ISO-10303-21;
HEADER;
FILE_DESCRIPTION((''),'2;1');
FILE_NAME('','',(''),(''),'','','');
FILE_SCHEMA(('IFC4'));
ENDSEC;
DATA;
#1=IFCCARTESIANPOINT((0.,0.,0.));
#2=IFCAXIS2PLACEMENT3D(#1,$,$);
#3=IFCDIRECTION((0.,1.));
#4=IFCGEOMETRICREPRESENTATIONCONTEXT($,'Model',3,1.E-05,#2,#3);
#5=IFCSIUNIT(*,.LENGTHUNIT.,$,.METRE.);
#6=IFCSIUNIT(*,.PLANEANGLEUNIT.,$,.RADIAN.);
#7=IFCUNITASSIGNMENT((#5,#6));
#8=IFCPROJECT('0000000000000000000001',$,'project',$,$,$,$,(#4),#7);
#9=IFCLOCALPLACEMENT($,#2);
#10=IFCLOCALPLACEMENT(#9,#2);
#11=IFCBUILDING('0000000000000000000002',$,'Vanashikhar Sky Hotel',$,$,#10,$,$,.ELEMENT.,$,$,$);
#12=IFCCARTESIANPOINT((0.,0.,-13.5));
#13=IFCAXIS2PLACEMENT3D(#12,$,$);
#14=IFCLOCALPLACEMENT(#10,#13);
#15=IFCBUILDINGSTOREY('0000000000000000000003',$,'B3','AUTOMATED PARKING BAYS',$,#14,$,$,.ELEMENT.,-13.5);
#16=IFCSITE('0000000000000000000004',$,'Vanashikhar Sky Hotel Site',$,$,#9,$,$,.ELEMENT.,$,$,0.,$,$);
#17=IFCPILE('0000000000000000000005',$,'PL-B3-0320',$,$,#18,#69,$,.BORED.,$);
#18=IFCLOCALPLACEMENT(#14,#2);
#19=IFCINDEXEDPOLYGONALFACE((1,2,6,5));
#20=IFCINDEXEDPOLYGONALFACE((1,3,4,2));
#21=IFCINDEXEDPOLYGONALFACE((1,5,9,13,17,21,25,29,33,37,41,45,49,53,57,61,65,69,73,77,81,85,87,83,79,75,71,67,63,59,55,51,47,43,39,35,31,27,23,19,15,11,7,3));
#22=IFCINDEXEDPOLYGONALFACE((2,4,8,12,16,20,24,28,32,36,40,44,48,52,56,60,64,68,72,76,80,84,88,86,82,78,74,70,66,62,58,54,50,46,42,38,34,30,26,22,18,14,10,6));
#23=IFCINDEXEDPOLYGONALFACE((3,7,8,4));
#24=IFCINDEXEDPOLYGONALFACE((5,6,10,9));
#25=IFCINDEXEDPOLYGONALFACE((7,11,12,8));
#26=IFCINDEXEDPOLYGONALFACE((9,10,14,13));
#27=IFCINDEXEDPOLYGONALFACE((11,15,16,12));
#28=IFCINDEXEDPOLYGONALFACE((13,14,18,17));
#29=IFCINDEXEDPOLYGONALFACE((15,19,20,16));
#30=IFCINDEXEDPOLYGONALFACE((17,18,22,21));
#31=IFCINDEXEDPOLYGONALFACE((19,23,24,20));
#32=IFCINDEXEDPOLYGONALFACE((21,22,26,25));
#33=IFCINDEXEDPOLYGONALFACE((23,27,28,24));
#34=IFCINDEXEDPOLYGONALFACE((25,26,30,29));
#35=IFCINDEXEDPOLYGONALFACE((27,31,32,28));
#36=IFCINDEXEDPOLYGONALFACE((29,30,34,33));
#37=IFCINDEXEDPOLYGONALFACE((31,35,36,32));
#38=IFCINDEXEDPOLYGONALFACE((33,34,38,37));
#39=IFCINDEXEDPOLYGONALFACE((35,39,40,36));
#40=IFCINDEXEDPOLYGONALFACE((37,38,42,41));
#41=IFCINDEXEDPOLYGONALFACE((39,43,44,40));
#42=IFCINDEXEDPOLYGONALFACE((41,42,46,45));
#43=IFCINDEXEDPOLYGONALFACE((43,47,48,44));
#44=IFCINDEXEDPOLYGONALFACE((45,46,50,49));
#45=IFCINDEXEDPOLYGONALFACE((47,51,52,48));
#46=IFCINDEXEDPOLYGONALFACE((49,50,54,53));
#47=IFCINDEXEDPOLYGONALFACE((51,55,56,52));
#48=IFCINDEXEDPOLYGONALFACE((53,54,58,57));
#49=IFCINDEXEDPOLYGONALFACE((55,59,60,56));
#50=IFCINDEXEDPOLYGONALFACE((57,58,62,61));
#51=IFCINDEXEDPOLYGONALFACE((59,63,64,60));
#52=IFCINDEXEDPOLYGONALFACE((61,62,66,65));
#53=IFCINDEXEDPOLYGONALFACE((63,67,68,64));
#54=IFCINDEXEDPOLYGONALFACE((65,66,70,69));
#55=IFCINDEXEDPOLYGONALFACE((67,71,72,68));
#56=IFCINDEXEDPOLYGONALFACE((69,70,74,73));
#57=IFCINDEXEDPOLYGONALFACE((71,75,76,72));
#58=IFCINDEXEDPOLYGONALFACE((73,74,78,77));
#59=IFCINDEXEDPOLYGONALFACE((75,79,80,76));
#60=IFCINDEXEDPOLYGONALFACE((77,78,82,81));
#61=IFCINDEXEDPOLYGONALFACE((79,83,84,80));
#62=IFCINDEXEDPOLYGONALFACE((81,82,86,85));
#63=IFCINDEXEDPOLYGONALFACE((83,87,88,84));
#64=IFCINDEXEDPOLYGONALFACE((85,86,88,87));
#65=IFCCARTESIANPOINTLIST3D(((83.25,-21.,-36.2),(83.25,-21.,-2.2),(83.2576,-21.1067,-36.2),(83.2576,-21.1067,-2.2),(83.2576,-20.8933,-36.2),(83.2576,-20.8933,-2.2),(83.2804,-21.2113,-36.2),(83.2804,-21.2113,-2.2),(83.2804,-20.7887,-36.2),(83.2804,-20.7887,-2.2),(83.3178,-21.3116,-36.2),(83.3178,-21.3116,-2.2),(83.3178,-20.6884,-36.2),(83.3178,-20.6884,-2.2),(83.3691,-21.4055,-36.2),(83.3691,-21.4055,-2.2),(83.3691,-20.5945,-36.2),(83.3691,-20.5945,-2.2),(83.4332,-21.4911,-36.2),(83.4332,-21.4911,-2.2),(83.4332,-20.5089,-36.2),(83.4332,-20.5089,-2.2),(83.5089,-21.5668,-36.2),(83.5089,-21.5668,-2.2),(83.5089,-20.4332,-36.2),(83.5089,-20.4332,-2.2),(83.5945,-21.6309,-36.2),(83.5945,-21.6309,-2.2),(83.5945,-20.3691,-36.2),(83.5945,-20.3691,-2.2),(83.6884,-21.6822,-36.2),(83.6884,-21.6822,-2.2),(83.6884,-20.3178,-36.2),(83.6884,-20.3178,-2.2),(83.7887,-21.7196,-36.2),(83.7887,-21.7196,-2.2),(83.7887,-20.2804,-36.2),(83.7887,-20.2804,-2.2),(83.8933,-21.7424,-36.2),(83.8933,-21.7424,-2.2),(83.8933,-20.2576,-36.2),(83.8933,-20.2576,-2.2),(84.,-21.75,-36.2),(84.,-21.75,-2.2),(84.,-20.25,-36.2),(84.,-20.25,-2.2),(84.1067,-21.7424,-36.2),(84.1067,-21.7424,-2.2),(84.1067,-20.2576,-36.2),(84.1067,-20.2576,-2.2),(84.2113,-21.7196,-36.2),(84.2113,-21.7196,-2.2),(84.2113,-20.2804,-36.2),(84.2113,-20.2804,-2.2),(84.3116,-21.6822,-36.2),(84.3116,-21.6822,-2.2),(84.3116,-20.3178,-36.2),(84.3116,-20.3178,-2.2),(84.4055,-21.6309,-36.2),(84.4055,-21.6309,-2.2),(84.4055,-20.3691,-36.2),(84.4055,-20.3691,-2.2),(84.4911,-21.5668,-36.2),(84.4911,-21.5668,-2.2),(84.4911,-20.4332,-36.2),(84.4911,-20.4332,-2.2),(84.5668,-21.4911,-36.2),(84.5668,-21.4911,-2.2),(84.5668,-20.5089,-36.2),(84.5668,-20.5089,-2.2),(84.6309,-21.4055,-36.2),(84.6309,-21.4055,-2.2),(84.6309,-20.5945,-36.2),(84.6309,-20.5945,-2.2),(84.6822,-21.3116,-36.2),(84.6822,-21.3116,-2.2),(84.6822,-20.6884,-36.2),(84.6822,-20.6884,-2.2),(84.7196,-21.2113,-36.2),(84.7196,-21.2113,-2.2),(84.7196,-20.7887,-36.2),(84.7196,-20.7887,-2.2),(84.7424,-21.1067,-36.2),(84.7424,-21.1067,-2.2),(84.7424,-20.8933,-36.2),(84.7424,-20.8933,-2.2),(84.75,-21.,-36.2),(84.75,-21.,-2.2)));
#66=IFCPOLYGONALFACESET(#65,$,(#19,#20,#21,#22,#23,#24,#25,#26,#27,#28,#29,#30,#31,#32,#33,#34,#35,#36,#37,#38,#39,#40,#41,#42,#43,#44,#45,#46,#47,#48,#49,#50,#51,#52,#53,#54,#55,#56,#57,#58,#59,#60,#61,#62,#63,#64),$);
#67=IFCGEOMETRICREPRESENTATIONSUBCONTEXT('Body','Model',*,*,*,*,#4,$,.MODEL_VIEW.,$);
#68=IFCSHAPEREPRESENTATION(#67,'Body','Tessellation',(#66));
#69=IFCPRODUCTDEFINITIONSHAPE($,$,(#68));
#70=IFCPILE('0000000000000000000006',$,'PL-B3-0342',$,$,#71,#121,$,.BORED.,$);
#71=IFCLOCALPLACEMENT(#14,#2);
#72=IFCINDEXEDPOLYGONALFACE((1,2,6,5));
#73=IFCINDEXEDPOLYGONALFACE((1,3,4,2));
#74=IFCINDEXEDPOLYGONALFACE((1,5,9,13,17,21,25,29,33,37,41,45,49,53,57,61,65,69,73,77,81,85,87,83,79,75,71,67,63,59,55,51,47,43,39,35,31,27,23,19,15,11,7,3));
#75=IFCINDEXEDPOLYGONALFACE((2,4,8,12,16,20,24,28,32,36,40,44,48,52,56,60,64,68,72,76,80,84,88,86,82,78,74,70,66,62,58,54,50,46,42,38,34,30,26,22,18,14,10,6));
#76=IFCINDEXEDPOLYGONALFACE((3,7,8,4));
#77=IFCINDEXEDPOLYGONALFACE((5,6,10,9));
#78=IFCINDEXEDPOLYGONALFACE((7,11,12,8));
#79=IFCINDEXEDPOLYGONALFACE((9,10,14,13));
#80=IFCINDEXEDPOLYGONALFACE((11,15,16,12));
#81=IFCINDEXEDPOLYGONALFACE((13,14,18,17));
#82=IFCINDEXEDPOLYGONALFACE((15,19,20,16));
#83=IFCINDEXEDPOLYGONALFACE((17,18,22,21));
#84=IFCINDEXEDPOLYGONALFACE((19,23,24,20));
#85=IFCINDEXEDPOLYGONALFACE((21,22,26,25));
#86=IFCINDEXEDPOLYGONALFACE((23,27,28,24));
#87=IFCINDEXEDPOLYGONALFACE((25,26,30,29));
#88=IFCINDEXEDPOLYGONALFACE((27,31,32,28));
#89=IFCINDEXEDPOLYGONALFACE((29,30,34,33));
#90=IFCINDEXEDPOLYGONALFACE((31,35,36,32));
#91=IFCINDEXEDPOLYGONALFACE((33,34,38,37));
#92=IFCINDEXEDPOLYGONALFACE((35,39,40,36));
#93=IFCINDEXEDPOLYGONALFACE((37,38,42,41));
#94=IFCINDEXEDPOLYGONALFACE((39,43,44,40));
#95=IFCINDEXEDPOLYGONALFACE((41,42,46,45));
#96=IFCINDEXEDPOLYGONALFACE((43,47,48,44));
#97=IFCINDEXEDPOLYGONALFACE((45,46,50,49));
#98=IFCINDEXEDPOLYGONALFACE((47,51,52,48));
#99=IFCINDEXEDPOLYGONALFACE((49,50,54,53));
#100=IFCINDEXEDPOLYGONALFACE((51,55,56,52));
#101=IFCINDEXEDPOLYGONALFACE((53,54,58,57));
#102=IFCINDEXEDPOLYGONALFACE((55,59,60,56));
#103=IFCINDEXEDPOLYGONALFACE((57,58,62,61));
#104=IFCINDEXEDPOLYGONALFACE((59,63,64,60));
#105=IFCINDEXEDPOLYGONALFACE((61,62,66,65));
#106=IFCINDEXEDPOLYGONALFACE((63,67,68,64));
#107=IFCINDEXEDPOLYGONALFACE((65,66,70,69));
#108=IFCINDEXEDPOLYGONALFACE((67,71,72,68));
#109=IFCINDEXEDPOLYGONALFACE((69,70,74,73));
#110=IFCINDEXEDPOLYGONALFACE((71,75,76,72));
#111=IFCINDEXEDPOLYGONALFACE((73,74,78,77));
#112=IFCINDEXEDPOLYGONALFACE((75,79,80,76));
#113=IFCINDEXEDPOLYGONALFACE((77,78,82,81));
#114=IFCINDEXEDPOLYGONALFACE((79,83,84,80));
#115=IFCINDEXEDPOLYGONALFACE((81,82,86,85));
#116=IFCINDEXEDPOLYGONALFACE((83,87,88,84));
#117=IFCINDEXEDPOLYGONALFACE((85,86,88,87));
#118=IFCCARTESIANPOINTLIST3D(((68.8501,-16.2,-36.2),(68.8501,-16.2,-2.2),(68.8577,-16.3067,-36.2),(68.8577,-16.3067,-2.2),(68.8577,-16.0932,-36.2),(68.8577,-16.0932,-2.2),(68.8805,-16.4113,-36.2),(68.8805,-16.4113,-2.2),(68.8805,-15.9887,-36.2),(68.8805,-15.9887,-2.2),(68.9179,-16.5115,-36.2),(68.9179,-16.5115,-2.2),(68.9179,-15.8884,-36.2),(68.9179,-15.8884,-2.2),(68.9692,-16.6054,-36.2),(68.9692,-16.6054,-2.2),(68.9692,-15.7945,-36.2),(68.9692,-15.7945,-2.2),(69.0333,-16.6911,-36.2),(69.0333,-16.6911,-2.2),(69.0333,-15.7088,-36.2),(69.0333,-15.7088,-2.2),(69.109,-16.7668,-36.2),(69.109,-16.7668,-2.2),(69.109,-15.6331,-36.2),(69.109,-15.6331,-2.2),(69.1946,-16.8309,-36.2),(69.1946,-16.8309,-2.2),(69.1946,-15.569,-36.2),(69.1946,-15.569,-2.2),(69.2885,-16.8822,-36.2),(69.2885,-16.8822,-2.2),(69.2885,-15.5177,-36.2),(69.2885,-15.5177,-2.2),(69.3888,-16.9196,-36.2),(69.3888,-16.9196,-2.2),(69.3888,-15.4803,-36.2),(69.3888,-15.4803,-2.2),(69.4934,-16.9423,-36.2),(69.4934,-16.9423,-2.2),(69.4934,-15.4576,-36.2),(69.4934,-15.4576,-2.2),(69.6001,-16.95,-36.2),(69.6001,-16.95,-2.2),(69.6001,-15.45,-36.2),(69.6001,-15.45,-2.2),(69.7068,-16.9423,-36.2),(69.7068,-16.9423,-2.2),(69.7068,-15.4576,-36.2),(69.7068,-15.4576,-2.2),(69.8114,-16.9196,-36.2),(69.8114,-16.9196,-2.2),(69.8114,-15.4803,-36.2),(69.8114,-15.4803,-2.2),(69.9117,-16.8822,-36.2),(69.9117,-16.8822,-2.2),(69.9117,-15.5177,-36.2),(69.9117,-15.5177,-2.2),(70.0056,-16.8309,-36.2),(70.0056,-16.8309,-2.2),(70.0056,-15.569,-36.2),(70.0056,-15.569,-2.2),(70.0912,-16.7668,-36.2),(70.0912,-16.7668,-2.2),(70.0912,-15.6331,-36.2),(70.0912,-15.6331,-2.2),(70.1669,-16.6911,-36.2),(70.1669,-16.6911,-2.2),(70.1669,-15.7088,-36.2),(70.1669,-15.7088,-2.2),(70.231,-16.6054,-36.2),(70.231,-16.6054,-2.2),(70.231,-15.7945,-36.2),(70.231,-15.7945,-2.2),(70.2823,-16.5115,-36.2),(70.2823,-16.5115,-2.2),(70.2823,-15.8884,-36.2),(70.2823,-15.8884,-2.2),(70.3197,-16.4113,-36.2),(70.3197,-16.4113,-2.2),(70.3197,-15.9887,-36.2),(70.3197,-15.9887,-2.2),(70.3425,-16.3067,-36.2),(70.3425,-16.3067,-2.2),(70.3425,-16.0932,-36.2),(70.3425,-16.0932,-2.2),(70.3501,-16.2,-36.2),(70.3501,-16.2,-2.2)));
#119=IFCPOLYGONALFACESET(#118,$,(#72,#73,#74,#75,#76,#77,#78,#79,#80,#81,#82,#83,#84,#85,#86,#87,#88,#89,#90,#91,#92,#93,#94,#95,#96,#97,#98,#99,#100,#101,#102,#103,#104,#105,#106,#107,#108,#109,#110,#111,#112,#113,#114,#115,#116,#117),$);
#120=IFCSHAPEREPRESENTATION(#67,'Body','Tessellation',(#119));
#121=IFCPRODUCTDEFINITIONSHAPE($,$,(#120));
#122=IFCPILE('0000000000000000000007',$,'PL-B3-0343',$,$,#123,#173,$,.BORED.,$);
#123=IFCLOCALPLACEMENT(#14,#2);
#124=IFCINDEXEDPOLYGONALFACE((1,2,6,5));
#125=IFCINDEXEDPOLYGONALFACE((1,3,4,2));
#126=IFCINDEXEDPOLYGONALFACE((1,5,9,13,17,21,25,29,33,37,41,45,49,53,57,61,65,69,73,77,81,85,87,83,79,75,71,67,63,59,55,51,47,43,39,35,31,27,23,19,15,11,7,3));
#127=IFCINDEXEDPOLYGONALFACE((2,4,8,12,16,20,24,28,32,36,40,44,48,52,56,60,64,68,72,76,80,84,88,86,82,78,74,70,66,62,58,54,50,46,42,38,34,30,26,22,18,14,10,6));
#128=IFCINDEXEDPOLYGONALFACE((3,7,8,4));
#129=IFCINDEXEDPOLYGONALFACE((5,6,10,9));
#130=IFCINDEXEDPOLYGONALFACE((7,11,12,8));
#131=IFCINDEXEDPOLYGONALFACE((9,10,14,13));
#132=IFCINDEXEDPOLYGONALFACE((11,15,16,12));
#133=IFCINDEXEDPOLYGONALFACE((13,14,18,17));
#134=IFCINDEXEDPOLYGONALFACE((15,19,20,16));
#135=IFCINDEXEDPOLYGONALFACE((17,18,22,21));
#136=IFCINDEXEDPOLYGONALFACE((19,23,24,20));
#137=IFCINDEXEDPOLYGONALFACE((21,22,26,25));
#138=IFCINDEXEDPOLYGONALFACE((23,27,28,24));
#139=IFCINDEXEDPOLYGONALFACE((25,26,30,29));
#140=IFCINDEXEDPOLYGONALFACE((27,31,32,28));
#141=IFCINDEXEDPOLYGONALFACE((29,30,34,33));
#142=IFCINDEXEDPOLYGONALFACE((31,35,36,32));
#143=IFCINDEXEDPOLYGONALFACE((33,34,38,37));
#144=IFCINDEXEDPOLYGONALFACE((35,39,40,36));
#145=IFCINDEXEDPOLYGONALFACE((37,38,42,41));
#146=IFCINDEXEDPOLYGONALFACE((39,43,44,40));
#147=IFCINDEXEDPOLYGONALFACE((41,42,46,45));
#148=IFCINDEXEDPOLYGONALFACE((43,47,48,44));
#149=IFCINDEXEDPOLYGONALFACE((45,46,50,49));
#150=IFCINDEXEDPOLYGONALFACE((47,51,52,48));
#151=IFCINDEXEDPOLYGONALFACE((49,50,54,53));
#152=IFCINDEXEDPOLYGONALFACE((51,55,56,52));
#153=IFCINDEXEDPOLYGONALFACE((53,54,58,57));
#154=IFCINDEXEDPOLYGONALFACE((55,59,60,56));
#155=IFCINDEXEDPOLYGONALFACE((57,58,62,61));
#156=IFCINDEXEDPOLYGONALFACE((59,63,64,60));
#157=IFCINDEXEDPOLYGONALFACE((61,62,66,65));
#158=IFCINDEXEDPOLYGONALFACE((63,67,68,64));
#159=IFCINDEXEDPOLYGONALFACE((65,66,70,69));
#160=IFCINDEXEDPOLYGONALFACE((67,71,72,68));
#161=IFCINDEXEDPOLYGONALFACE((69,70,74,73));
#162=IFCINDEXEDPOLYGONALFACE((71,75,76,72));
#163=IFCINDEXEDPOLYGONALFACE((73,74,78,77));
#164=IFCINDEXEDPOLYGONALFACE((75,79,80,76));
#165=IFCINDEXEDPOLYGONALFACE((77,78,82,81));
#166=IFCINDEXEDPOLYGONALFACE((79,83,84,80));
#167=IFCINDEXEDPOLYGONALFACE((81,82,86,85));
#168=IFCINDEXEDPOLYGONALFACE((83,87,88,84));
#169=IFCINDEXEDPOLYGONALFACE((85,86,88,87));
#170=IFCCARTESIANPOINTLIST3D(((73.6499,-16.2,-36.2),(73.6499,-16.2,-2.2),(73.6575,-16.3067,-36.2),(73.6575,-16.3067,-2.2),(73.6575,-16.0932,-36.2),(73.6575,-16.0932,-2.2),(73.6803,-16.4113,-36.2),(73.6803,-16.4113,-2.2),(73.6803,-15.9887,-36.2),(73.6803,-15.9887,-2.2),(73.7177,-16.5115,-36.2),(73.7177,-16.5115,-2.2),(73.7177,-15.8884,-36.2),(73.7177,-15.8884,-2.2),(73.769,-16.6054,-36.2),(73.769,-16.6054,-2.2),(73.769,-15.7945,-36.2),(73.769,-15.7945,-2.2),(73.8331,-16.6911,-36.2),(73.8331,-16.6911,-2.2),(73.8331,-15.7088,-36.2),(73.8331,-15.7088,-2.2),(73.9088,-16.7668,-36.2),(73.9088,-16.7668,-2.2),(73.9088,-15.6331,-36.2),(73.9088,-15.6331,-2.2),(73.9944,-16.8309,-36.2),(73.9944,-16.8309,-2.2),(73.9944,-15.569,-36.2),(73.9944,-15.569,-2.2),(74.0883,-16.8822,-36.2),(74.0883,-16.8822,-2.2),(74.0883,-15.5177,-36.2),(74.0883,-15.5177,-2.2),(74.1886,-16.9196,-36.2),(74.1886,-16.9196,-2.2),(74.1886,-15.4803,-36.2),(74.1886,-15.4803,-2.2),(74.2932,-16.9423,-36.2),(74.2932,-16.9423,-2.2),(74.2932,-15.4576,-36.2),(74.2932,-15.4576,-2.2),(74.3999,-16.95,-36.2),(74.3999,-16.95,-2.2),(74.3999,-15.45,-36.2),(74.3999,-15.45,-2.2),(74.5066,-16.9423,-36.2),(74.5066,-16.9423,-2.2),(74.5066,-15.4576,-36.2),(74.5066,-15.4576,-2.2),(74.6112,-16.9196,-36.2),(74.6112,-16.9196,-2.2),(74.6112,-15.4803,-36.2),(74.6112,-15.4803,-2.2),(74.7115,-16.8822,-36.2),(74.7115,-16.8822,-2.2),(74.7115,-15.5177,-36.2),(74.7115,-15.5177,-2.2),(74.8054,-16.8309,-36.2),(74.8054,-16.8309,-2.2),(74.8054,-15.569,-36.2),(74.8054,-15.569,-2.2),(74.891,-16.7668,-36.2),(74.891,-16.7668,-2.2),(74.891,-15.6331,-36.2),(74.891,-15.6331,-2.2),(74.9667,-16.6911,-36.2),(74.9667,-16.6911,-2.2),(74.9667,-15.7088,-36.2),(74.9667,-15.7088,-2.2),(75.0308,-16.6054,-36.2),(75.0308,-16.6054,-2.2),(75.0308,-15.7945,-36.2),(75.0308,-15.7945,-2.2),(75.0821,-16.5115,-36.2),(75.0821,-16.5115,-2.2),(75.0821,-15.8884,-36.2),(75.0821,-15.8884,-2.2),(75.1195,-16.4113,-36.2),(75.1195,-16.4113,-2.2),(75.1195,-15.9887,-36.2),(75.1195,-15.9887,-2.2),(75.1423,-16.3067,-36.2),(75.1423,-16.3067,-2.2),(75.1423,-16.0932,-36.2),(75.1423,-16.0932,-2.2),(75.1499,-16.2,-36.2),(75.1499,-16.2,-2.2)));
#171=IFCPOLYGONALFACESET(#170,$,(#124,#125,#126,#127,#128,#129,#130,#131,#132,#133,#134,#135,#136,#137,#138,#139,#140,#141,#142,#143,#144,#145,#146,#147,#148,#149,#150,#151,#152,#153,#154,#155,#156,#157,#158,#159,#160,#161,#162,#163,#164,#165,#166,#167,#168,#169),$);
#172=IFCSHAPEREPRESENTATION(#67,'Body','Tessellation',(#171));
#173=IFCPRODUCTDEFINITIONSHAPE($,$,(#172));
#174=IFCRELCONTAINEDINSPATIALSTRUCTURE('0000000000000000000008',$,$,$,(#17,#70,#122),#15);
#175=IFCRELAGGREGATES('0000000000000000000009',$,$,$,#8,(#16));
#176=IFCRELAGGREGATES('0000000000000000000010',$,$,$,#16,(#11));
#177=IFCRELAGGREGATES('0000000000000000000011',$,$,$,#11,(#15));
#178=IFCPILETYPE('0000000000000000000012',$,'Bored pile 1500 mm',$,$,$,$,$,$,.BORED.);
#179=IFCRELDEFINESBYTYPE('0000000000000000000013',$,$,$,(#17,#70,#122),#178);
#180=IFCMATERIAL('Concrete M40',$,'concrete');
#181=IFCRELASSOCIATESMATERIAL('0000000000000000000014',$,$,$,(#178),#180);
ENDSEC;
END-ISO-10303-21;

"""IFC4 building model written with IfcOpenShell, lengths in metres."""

from ifc_helpers import new_model, si_unit, direction, frame, origin, origin_2d, place, context, subcontext, project, spatial, circle, extrude, source, transform, mapped, material, type_object, element, save


model = new_model("IFC4")

# Units and contexts
model_context = context("Model", 3, precision=1e-05, world=origin(), true_north=direction((0.0, 1.0)))
body_context = subcontext(model_context, "Body", "Model", "MODEL_VIEW")
ifc_project = project(units=[si_unit("LENGTHUNIT", "METRE"), si_unit("PLANEANGLEUNIT", "RADIAN")], contexts=[model_context])

# Site, building, storey
site_placement = place(None, origin())
site = spatial("IfcSite", under=ifc_project, at=site_placement, Name="Vanashikhar Sky Hotel Site", CompositionType="ELEMENT", RefElevation=0.0)
building_placement = place(site_placement, origin())
building = spatial("IfcBuilding", under=site, at=building_placement, Name="Vanashikhar Sky Hotel", CompositionType="ELEMENT")
storey_placement = place(building_placement, frame((0.0, 0.0, -13.5)))
storey = spatial("IfcBuildingStorey", under=building, at=storey_placement, Name="B3", Description="AUTOMATED PARKING BAYS", CompositionType="ELEMENT", Elevation=-13.5)

# Piles
ifc_material_1 = material(Name="Concrete M40", Category="concrete")
pile_type_1 = type_object("IfcPileType", Name="Bored pile 1500 mm", PredefinedType="BORED", material=ifc_material_1)
shared_shape_1 = source(origin(), body_context, "Body", "SweptSolid", [
    extrude(circle(Radius=0.75, at=origin_2d()), origin(), (0.0, 0.0, 1.0), 34.0),
])
for number, where, z_axis, x_axis, name in (
    (1, (84.0, -21.0, -2.2), (0.0, 0.0, -1.0), (1.0, 0.0, 0.0), "PL-B3-0320"),
    (2, (69.6001, -16.2, -2.2), (0.0, 0.0, -1.0), (1.0, 0.0, 0.0), "PL-B3-0342"),
    (3, (74.3999, -16.2, -2.2), (0.0, 0.0, -1.0), (1.0, 0.0, 0.0), "PL-B3-0343"),
):
    element("IfcPile", number, at=place(storey_placement, frame(where, z_axis=z_axis, x_axis=x_axis)), inside=storey, type_object=pile_type_1, Name=name, PredefinedType="BORED", context=body_context, shape_type="MappedRepresentation", body=[
        mapped(shared_shape_1, transform((0.0, 0.0, 0.0), scale=1.0)),
    ])

save(model, "model.ifc")
